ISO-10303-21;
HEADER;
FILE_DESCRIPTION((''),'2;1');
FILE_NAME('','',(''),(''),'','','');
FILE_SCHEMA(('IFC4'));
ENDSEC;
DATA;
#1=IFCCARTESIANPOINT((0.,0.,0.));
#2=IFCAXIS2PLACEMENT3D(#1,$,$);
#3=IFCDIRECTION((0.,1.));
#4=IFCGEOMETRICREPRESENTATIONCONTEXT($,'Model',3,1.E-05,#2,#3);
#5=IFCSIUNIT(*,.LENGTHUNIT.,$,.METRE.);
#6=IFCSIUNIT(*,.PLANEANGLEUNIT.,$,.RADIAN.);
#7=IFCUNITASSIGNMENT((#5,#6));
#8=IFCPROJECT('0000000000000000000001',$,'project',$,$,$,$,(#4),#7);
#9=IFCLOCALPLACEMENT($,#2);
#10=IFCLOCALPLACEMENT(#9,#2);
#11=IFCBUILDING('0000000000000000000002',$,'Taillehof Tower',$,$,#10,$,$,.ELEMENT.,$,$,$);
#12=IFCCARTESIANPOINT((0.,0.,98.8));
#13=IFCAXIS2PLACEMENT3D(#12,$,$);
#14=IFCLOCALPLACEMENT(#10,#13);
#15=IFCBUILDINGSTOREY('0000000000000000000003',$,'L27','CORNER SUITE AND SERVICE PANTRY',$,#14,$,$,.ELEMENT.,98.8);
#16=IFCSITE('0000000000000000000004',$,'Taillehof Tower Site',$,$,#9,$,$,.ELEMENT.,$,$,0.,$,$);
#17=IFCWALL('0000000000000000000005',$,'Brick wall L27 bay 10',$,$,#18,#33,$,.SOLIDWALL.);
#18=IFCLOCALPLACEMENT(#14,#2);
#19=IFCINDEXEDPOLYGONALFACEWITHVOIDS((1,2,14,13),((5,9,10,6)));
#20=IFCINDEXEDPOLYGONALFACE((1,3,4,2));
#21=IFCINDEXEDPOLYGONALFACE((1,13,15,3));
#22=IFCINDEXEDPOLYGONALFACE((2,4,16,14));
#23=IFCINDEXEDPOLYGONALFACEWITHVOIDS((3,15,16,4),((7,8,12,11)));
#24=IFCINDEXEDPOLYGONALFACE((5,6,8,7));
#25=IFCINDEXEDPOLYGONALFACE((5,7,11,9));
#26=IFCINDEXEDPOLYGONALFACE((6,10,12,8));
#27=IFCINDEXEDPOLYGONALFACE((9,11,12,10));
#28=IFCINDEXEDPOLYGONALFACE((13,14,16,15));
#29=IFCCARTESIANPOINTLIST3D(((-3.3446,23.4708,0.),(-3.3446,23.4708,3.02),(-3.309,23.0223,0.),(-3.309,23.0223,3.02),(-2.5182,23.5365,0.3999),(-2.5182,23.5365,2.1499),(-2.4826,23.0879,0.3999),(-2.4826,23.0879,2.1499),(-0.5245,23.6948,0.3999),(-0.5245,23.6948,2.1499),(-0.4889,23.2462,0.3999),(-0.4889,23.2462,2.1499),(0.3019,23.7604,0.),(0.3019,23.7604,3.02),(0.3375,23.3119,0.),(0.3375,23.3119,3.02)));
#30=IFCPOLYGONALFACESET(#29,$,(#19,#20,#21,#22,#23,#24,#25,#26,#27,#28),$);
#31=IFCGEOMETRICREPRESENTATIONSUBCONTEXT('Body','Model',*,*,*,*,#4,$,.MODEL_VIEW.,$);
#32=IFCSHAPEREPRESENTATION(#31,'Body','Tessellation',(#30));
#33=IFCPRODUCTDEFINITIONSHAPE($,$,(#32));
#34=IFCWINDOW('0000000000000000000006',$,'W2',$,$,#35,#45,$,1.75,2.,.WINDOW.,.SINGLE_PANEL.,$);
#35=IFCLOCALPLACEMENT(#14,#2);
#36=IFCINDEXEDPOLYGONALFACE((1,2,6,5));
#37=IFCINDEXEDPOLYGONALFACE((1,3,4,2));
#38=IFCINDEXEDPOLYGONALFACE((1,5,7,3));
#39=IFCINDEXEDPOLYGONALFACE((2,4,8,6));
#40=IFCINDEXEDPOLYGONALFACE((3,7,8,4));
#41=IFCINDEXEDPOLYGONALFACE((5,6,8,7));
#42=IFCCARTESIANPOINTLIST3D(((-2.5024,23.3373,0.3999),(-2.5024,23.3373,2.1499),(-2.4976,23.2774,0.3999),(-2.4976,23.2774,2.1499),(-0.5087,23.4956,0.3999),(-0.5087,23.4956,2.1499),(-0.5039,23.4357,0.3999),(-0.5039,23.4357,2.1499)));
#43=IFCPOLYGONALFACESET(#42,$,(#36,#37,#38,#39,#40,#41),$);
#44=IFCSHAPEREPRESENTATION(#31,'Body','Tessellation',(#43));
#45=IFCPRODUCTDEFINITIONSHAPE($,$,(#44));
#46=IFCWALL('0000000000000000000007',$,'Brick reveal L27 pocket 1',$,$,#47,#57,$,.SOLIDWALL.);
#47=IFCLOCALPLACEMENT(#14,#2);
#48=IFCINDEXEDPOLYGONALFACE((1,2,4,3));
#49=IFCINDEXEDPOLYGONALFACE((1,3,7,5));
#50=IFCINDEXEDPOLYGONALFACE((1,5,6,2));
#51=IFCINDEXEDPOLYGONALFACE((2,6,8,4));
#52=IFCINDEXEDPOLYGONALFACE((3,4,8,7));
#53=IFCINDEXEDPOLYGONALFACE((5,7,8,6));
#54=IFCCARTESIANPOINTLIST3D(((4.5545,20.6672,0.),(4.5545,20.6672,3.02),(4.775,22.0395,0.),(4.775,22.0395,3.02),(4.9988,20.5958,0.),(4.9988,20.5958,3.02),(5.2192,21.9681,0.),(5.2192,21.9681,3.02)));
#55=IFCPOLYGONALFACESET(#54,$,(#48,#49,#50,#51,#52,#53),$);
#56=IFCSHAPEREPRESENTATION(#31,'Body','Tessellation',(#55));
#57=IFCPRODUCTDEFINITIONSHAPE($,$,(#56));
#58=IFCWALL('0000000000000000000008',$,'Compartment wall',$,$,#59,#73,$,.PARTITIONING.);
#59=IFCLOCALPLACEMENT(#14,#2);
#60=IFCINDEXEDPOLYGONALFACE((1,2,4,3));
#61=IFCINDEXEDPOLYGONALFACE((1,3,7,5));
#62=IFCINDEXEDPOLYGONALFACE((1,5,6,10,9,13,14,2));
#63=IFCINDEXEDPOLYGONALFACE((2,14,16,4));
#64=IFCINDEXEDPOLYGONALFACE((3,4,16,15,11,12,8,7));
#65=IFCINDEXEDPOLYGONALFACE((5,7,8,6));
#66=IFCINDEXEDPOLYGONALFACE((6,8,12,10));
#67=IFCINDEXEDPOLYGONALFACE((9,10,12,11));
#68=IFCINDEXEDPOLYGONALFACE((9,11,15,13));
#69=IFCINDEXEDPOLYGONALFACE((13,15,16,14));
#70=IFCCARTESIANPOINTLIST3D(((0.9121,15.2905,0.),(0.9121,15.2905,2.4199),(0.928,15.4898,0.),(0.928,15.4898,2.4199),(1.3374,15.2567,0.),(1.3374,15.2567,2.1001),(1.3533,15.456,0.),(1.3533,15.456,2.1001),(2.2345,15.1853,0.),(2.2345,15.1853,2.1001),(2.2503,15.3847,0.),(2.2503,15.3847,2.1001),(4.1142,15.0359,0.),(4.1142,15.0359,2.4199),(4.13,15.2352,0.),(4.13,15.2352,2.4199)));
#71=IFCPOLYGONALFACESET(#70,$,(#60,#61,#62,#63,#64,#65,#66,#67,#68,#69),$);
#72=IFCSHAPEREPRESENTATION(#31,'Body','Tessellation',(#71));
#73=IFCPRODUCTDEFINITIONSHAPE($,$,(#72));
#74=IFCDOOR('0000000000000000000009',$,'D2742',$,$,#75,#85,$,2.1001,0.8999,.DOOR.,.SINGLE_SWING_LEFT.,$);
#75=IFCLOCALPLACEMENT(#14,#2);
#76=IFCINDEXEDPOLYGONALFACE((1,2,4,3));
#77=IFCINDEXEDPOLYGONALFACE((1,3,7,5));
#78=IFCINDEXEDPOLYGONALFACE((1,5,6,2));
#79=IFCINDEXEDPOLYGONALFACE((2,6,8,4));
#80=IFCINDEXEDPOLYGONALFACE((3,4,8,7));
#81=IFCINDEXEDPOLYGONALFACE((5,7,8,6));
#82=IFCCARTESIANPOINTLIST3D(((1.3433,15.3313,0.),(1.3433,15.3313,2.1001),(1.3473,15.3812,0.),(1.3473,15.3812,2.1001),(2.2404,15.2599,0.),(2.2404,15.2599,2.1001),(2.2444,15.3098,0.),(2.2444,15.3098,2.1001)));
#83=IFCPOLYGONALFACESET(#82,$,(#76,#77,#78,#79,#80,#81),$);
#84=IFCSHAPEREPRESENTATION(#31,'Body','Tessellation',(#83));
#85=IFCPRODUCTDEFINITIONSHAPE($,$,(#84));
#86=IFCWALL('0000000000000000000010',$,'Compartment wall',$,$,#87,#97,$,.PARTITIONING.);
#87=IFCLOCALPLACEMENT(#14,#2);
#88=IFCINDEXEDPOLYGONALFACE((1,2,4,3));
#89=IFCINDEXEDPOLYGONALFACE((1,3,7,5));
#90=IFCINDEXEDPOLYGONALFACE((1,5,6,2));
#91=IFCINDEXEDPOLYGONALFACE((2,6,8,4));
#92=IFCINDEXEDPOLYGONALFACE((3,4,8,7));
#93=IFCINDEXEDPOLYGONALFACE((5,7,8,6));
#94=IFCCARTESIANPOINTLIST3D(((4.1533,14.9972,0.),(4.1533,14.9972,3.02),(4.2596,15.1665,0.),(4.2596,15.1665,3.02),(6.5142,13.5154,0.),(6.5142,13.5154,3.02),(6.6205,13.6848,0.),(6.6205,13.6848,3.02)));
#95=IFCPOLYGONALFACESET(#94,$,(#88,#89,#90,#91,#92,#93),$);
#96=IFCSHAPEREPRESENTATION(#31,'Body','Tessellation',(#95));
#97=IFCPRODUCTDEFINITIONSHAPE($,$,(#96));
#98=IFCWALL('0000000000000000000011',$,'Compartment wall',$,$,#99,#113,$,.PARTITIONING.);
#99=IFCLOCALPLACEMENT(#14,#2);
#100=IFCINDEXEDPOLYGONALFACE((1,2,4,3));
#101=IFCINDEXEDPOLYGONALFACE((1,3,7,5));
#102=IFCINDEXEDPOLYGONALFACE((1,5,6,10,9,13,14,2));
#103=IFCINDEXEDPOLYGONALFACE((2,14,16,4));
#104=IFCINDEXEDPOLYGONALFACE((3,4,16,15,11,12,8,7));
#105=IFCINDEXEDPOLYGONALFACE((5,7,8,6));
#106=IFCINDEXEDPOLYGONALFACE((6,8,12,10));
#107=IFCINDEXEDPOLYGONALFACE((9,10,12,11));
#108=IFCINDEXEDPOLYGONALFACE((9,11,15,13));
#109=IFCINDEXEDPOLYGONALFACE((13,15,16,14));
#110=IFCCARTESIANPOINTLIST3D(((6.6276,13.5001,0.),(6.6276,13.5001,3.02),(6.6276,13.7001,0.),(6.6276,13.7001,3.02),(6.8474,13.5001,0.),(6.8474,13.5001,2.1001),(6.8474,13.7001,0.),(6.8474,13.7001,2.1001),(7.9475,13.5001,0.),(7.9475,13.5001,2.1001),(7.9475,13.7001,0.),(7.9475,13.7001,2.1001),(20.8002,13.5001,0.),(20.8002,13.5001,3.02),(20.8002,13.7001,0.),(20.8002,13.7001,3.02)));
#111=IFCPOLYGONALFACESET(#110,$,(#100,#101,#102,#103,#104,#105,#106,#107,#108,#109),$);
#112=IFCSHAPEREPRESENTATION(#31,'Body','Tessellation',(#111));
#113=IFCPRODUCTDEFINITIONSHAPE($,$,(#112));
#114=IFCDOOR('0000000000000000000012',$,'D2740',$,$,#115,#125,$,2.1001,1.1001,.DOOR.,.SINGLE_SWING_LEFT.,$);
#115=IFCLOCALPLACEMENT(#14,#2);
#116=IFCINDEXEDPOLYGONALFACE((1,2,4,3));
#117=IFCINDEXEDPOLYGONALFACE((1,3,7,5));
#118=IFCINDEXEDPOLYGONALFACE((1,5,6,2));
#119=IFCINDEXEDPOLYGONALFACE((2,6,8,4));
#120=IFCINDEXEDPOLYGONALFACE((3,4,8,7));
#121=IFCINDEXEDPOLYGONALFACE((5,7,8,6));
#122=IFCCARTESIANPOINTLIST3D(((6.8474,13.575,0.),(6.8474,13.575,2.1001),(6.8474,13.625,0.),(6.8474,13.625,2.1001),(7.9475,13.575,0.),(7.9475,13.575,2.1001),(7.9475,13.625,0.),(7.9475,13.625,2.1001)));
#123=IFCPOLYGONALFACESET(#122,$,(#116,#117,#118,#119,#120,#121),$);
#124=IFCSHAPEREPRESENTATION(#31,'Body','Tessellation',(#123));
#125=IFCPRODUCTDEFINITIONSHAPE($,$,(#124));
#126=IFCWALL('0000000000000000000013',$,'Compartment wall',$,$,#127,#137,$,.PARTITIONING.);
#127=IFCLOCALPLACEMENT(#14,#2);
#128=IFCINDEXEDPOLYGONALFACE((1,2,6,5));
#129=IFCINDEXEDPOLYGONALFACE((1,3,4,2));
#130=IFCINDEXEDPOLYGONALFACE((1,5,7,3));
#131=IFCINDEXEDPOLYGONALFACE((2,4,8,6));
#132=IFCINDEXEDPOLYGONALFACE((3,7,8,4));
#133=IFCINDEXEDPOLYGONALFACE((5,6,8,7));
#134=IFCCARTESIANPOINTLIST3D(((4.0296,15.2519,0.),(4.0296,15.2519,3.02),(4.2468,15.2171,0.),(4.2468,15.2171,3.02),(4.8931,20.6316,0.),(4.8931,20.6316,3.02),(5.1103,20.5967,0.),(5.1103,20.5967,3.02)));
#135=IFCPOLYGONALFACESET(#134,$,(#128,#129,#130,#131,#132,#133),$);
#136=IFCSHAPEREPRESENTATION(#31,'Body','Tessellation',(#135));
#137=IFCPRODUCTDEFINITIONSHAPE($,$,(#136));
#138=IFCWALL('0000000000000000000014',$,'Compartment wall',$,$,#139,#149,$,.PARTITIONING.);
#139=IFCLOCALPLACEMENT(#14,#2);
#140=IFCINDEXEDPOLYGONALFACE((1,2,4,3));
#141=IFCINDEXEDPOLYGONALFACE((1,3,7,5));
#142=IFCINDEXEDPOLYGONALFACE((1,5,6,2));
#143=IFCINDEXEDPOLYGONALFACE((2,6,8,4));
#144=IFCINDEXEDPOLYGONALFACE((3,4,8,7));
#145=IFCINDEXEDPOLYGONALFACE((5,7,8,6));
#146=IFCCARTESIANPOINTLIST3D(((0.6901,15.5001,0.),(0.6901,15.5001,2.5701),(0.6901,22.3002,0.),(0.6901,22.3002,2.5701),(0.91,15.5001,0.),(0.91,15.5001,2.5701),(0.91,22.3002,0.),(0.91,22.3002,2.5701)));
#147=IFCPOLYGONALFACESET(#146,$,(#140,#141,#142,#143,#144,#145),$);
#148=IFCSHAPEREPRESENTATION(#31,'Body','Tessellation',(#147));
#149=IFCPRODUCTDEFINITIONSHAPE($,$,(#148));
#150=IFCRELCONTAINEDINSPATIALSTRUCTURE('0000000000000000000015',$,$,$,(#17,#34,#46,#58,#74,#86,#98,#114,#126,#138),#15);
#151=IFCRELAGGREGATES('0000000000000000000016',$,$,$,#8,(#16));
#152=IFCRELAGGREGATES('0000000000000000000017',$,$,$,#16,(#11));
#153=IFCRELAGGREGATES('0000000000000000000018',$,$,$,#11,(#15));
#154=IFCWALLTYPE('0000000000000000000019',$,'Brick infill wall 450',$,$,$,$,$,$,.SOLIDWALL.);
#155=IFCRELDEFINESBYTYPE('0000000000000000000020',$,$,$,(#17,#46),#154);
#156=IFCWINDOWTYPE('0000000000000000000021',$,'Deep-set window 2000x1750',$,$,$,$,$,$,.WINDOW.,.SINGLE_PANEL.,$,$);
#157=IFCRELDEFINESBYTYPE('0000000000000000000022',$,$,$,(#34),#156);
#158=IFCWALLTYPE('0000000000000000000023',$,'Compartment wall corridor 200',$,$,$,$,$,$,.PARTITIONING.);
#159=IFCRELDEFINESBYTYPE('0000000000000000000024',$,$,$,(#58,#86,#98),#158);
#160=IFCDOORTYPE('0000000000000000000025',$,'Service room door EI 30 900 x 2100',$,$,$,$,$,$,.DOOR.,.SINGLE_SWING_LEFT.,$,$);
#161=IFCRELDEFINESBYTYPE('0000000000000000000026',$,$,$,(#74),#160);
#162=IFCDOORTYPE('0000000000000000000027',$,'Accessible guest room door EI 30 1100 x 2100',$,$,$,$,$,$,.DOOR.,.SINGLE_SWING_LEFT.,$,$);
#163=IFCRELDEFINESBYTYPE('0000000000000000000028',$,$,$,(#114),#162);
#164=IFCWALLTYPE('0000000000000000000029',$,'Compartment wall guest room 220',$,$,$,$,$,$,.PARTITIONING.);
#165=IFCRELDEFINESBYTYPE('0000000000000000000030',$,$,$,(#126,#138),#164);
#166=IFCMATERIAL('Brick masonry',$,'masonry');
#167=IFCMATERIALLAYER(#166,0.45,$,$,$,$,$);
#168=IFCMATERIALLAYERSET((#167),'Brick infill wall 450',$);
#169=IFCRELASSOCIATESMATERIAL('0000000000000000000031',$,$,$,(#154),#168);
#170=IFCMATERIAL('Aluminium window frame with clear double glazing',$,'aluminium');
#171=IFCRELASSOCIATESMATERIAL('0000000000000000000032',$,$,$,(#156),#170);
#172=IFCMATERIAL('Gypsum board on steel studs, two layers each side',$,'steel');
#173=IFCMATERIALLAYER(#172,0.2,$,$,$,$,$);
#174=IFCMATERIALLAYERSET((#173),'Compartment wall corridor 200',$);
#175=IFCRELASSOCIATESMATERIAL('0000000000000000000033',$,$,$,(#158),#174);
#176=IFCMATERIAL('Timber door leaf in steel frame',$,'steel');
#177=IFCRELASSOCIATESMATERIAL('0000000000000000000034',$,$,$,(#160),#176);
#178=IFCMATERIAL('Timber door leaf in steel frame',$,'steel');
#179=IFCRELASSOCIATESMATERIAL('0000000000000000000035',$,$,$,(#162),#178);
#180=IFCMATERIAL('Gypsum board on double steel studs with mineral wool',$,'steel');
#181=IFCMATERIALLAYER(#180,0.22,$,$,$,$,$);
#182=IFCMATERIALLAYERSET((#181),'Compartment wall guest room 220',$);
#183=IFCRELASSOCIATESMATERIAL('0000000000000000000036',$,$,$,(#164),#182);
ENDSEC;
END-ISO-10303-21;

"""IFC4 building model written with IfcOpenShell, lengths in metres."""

from ifc_helpers import new_model, si_unit, direction, frame, frame_2d, origin, place, context, subcontext, project, spatial, rectangle, extrude, material, layer, layer_set, type_object, element, fill, save


model = new_model("IFC4")

# Units and contexts
model_context = context("Model", 3, precision=1e-05, world=origin(), true_north=direction((0.0, 1.0)))
body_context = subcontext(model_context, "Body", "Model", "MODEL_VIEW")
ifc_project = project(units=[si_unit("LENGTHUNIT", "METRE"), si_unit("PLANEANGLEUNIT", "RADIAN")], contexts=[model_context])

# Site, building, storey
site_placement = place(None, origin())
site = spatial("IfcSite", under=ifc_project, at=site_placement, Name="Taillehof Tower Site", CompositionType="ELEMENT", RefElevation=0.0)
building_placement = place(site_placement, origin())
building = spatial("IfcBuilding", under=site, at=building_placement, Name="Taillehof Tower", CompositionType="ELEMENT")
storey_placement = place(building_placement, frame((0.0, 0.0, 98.8)))
storey = spatial("IfcBuildingStorey", under=building, at=storey_placement, Name="L27", Description="CORNER SUITE AND SERVICE PANTRY", CompositionType="ELEMENT", Elevation=98.8)

# Wall, opening, window
ifc_material_1 = material(Name="Brick masonry", Category="masonry")
ifc_layer_1 = layer(ifc_material_1, 0.45)
ifc_layer_set_1 = layer_set([ifc_layer_1], Name="Brick infill wall 450")
wall_type_1 = type_object("IfcWallType", Name="Brick infill wall 450", PredefinedType="SOLIDWALL", material=ifc_layer_set_1)
ifc_material_2 = material(Name="Aluminium window frame with clear double glazing", Category="aluminium")
window_type_1 = type_object("IfcWindowType", Name="Deep-set window 2000x1750", PartitioningType="SINGLE_PANEL", PredefinedType="WINDOW", material=ifc_material_2)
wall_1_placement = place(storey_placement, frame((0.3198, 23.5361, 0.0), z_axis=(0.0, 0.0, 1.0), x_axis=(-0.996862, -0.079156, 0.0)))
wall_1 = element("IfcWall", 1, at=wall_1_placement, inside=storey, type_object=wall_type_1, Name="Brick wall L27 bay 10", PredefinedType="SOLIDWALL", context=body_context, shape_type="SweptSolid", body=[
    extrude(rectangle(XDim=3.658, YDim=0.45, at=frame_2d((1.8291, 0.0))), origin(), (0.0, 0.0, 1.0), 3.02),
])
opening_1_placement = place(wall_1_placement, frame((0.8291, 0.0, 0.3999)))
opening_1 = element("IfcOpeningElement", 2, at=opening_1_placement, cuts=wall_1, PredefinedType="OPENING", context=body_context, shape_type="SweptSolid", body=[
    extrude(rectangle(XDim=2.0, YDim=1.75, at=frame_2d((1.0, 0.875))), frame((0.0, 0.2349, 0.0), z_axis=(0.0, -1.0, 0.0), x_axis=(1.0, 0.0, 0.0)), (0.0, 0.0, 1.0), 0.47),
])
window_1_placement = place(opening_1_placement, origin())
window_1 = element("IfcWindow", 3, at=window_1_placement, inside=storey, type_object=window_type_1, Name="W2", OverallHeight=1.75, OverallWidth=2.0, PartitioningType="SINGLE_PANEL", PredefinedType="WINDOW", context=body_context, shape_type="SweptSolid", body=[
    extrude(rectangle(XDim=2.0, YDim=1.75, at=frame_2d((1.0, 0.875))), frame((0.0, 0.0349, 0.0), z_axis=(0.0, -1.0, 0.0), x_axis=(1.0, 0.0, 0.0)), (0.0, 0.0, 1.0), 0.0601),
])
fill(opening_1, window_1)

# Wall
wall_2_placement = place(storey_placement, frame((4.9971, 22.0037, 0.0), z_axis=(0.0, 0.0, 1.0), x_axis=(-0.158614, -0.987341, 0.0)))
element("IfcWall", 4, at=wall_2_placement, inside=storey, type_object=wall_type_1, Name="Brick reveal L27 pocket 1", PredefinedType="SOLIDWALL", context=body_context, shape_type="SweptSolid", body=[
    extrude(rectangle(XDim=1.3899, YDim=0.45, at=frame_2d((0.6948, 0.0))), origin(), (0.0, 0.0, 1.0), 3.02),
])

# Wall, opening, door
ifc_material_3 = material(Name="Gypsum board on steel studs, two layers each side", Category="steel")
ifc_layer_2 = layer(ifc_material_3, 0.2)
ifc_layer_set_2 = layer_set([ifc_layer_2], Name="Compartment wall corridor 200")
wall_type_2 = type_object("IfcWallType", Name="Compartment wall corridor 200", PredefinedType="PARTITIONING", material=ifc_layer_set_2)
wall_3_placement = place(storey_placement, frame((0.9202, 15.3901, 0.0), z_axis=(0.0, 0.0, 1.0), x_axis=(0.996853, -0.079271, 0.0)))
wall_3 = element("IfcWall", 5, at=wall_3_placement, inside=storey, type_object=wall_type_2, Name="Compartment wall", PredefinedType="PARTITIONING", context=body_context, shape_type="SweptSolid", body=[
    extrude(rectangle(XDim=3.2122, YDim=0.2, at=frame_2d((1.606, 0.0))), origin(), (0.0, 0.0, 1.0), 2.4199),
])
opening_2_placement = place(wall_3_placement, frame((0.4265, 0.0, 0.0)))
opening_2 = element("IfcOpeningElement", 6, at=opening_2_placement, cuts=wall_3, PredefinedType="OPENING", context=body_context, shape_type="SweptSolid", body=[
    extrude(rectangle(XDim=0.8999, YDim=2.1001, at=frame_2d((0.45, 1.05))), frame((0.0, 0.1099, 0.0), z_axis=(0.0, -1.0, 0.0), x_axis=(1.0, 0.0, 0.0)), (0.0, 0.0, 1.0), 0.22),
])
ifc_material_4 = material(Name="Timber door leaf in steel frame", Category="steel")
door_type_1 = type_object("IfcDoorType", Name="Service room door EI 30 900 x 2100", OperationType="SINGLE_SWING_LEFT", PredefinedType="DOOR", material=ifc_material_4)
door_1_placement = place(opening_2_placement, origin())
door_1 = element("IfcDoor", 7, at=door_1_placement, inside=storey, type_object=door_type_1, Name="D2742", OperationType="SINGLE_SWING_LEFT", OverallHeight=2.1001, OverallWidth=0.8999, PredefinedType="DOOR", context=body_context, shape_type="SweptSolid", body=[
    extrude(rectangle(XDim=0.8999, YDim=2.1001, at=frame_2d((0.45, 1.05))), frame((0.0, 0.0249, 0.0), z_axis=(0.0, -1.0, 0.0), x_axis=(1.0, 0.0, 0.0)), (0.0, 0.0, 1.0), 0.05),
])
fill(opening_2, door_1)

# Wall
wall_4_placement = place(storey_placement, frame((4.2065, 15.0818, 0.0), z_axis=(0.0, 0.0, 1.0), x_axis=(0.847003, -0.531588, 0.0)))
element("IfcWall", 8, at=wall_4_placement, inside=storey, type_object=wall_type_2, Name="Compartment wall", PredefinedType="PARTITIONING", context=body_context, shape_type="SweptSolid", body=[
    extrude(rectangle(XDim=2.7874, YDim=0.2, at=frame_2d((1.3936, 0.0))), origin(), (0.0, 0.0, 1.0), 3.02),
])

# Wall, opening, door
wall_5_placement = place(storey_placement, frame((6.6274, 13.6001, 0.0), z_axis=(0.0, 0.0, 1.0), x_axis=(1.0, 0.0, 0.0)))
wall_5 = element("IfcWall", 9, at=wall_5_placement, inside=storey, type_object=wall_type_2, Name="Compartment wall", PredefinedType="PARTITIONING", context=body_context, shape_type="SweptSolid", body=[
    extrude(rectangle(XDim=14.1726, YDim=0.2, at=frame_2d((7.0864, 0.0))), origin(), (0.0, 0.0, 1.0), 3.02),
])
opening_3_placement = place(wall_5_placement, frame((0.22, 0.0, 0.0)))
opening_3 = element("IfcOpeningElement", 10, at=opening_3_placement, cuts=wall_5, PredefinedType="OPENING", context=body_context, shape_type="SweptSolid", body=[
    extrude(rectangle(XDim=1.1001, YDim=2.1001, at=frame_2d((0.55, 1.05))), frame((0.0, 0.1099, 0.0), z_axis=(0.0, -1.0, 0.0), x_axis=(1.0, 0.0, 0.0)), (0.0, 0.0, 1.0), 0.22),
])
ifc_material_5 = material(Name="Timber door leaf in steel frame", Category="steel")
door_type_2 = type_object("IfcDoorType", Name="Accessible guest room door EI 30 1100 x 2100", OperationType="SINGLE_SWING_LEFT", PredefinedType="DOOR", material=ifc_material_5)
door_2_placement = place(opening_3_placement, origin())
door_2 = element("IfcDoor", 11, at=door_2_placement, inside=storey, type_object=door_type_2, Name="D2740", OperationType="SINGLE_SWING_LEFT", OverallHeight=2.1001, OverallWidth=1.1001, PredefinedType="DOOR", context=body_context, shape_type="SweptSolid", body=[
    extrude(rectangle(XDim=1.1001, YDim=2.1001, at=frame_2d((0.55, 1.05))), frame((0.0, 0.0249, 0.0), z_axis=(0.0, -1.0, 0.0), x_axis=(1.0, 0.0, 0.0)), (0.0, 0.0, 1.0), 0.05),
])
fill(opening_3, door_2)

# Walls
ifc_material_6 = material(Name="Gypsum board on double steel studs with mineral wool", Category="steel")
ifc_layer_3 = layer(ifc_material_6, 0.22)
ifc_layer_set_3 = layer_set([ifc_layer_3], Name="Compartment wall guest room 220")
wall_type_3 = type_object("IfcWallType", Name="Compartment wall guest room 220", PredefinedType="PARTITIONING", material=ifc_layer_set_3)
wall_6_placement = place(storey_placement, frame((5.0017, 20.614, 0.0), z_axis=(0.0, 0.0, 1.0), x_axis=(-0.158489, -0.987361, 0.0)))
element("IfcWall", 12, at=wall_6_placement, inside=storey, type_object=wall_type_3, Name="Compartment wall", PredefinedType="PARTITIONING", context=body_context, shape_type="SweptSolid", body=[
    extrude(rectangle(XDim=5.4485, YDim=0.22, at=frame_2d((2.7241, 0.0))), origin(), (0.0, 0.0, 1.0), 3.02),
])
wall_7_placement = place(storey_placement, frame((0.8, 22.3, 0.0), z_axis=(0.0, 0.0, 1.0), x_axis=(0.0, -1.0, 0.0)))
element("IfcWall", 13, at=wall_7_placement, inside=storey, type_object=wall_type_3, Name="Compartment wall", PredefinedType="PARTITIONING", context=body_context, shape_type="SweptSolid", body=[
    extrude(rectangle(XDim=6.8, YDim=0.22, at=frame_2d((3.3999, 0.0))), origin(), (0.0, 0.0, 1.0), 2.5701),
])

save(model, "model.ifc")
